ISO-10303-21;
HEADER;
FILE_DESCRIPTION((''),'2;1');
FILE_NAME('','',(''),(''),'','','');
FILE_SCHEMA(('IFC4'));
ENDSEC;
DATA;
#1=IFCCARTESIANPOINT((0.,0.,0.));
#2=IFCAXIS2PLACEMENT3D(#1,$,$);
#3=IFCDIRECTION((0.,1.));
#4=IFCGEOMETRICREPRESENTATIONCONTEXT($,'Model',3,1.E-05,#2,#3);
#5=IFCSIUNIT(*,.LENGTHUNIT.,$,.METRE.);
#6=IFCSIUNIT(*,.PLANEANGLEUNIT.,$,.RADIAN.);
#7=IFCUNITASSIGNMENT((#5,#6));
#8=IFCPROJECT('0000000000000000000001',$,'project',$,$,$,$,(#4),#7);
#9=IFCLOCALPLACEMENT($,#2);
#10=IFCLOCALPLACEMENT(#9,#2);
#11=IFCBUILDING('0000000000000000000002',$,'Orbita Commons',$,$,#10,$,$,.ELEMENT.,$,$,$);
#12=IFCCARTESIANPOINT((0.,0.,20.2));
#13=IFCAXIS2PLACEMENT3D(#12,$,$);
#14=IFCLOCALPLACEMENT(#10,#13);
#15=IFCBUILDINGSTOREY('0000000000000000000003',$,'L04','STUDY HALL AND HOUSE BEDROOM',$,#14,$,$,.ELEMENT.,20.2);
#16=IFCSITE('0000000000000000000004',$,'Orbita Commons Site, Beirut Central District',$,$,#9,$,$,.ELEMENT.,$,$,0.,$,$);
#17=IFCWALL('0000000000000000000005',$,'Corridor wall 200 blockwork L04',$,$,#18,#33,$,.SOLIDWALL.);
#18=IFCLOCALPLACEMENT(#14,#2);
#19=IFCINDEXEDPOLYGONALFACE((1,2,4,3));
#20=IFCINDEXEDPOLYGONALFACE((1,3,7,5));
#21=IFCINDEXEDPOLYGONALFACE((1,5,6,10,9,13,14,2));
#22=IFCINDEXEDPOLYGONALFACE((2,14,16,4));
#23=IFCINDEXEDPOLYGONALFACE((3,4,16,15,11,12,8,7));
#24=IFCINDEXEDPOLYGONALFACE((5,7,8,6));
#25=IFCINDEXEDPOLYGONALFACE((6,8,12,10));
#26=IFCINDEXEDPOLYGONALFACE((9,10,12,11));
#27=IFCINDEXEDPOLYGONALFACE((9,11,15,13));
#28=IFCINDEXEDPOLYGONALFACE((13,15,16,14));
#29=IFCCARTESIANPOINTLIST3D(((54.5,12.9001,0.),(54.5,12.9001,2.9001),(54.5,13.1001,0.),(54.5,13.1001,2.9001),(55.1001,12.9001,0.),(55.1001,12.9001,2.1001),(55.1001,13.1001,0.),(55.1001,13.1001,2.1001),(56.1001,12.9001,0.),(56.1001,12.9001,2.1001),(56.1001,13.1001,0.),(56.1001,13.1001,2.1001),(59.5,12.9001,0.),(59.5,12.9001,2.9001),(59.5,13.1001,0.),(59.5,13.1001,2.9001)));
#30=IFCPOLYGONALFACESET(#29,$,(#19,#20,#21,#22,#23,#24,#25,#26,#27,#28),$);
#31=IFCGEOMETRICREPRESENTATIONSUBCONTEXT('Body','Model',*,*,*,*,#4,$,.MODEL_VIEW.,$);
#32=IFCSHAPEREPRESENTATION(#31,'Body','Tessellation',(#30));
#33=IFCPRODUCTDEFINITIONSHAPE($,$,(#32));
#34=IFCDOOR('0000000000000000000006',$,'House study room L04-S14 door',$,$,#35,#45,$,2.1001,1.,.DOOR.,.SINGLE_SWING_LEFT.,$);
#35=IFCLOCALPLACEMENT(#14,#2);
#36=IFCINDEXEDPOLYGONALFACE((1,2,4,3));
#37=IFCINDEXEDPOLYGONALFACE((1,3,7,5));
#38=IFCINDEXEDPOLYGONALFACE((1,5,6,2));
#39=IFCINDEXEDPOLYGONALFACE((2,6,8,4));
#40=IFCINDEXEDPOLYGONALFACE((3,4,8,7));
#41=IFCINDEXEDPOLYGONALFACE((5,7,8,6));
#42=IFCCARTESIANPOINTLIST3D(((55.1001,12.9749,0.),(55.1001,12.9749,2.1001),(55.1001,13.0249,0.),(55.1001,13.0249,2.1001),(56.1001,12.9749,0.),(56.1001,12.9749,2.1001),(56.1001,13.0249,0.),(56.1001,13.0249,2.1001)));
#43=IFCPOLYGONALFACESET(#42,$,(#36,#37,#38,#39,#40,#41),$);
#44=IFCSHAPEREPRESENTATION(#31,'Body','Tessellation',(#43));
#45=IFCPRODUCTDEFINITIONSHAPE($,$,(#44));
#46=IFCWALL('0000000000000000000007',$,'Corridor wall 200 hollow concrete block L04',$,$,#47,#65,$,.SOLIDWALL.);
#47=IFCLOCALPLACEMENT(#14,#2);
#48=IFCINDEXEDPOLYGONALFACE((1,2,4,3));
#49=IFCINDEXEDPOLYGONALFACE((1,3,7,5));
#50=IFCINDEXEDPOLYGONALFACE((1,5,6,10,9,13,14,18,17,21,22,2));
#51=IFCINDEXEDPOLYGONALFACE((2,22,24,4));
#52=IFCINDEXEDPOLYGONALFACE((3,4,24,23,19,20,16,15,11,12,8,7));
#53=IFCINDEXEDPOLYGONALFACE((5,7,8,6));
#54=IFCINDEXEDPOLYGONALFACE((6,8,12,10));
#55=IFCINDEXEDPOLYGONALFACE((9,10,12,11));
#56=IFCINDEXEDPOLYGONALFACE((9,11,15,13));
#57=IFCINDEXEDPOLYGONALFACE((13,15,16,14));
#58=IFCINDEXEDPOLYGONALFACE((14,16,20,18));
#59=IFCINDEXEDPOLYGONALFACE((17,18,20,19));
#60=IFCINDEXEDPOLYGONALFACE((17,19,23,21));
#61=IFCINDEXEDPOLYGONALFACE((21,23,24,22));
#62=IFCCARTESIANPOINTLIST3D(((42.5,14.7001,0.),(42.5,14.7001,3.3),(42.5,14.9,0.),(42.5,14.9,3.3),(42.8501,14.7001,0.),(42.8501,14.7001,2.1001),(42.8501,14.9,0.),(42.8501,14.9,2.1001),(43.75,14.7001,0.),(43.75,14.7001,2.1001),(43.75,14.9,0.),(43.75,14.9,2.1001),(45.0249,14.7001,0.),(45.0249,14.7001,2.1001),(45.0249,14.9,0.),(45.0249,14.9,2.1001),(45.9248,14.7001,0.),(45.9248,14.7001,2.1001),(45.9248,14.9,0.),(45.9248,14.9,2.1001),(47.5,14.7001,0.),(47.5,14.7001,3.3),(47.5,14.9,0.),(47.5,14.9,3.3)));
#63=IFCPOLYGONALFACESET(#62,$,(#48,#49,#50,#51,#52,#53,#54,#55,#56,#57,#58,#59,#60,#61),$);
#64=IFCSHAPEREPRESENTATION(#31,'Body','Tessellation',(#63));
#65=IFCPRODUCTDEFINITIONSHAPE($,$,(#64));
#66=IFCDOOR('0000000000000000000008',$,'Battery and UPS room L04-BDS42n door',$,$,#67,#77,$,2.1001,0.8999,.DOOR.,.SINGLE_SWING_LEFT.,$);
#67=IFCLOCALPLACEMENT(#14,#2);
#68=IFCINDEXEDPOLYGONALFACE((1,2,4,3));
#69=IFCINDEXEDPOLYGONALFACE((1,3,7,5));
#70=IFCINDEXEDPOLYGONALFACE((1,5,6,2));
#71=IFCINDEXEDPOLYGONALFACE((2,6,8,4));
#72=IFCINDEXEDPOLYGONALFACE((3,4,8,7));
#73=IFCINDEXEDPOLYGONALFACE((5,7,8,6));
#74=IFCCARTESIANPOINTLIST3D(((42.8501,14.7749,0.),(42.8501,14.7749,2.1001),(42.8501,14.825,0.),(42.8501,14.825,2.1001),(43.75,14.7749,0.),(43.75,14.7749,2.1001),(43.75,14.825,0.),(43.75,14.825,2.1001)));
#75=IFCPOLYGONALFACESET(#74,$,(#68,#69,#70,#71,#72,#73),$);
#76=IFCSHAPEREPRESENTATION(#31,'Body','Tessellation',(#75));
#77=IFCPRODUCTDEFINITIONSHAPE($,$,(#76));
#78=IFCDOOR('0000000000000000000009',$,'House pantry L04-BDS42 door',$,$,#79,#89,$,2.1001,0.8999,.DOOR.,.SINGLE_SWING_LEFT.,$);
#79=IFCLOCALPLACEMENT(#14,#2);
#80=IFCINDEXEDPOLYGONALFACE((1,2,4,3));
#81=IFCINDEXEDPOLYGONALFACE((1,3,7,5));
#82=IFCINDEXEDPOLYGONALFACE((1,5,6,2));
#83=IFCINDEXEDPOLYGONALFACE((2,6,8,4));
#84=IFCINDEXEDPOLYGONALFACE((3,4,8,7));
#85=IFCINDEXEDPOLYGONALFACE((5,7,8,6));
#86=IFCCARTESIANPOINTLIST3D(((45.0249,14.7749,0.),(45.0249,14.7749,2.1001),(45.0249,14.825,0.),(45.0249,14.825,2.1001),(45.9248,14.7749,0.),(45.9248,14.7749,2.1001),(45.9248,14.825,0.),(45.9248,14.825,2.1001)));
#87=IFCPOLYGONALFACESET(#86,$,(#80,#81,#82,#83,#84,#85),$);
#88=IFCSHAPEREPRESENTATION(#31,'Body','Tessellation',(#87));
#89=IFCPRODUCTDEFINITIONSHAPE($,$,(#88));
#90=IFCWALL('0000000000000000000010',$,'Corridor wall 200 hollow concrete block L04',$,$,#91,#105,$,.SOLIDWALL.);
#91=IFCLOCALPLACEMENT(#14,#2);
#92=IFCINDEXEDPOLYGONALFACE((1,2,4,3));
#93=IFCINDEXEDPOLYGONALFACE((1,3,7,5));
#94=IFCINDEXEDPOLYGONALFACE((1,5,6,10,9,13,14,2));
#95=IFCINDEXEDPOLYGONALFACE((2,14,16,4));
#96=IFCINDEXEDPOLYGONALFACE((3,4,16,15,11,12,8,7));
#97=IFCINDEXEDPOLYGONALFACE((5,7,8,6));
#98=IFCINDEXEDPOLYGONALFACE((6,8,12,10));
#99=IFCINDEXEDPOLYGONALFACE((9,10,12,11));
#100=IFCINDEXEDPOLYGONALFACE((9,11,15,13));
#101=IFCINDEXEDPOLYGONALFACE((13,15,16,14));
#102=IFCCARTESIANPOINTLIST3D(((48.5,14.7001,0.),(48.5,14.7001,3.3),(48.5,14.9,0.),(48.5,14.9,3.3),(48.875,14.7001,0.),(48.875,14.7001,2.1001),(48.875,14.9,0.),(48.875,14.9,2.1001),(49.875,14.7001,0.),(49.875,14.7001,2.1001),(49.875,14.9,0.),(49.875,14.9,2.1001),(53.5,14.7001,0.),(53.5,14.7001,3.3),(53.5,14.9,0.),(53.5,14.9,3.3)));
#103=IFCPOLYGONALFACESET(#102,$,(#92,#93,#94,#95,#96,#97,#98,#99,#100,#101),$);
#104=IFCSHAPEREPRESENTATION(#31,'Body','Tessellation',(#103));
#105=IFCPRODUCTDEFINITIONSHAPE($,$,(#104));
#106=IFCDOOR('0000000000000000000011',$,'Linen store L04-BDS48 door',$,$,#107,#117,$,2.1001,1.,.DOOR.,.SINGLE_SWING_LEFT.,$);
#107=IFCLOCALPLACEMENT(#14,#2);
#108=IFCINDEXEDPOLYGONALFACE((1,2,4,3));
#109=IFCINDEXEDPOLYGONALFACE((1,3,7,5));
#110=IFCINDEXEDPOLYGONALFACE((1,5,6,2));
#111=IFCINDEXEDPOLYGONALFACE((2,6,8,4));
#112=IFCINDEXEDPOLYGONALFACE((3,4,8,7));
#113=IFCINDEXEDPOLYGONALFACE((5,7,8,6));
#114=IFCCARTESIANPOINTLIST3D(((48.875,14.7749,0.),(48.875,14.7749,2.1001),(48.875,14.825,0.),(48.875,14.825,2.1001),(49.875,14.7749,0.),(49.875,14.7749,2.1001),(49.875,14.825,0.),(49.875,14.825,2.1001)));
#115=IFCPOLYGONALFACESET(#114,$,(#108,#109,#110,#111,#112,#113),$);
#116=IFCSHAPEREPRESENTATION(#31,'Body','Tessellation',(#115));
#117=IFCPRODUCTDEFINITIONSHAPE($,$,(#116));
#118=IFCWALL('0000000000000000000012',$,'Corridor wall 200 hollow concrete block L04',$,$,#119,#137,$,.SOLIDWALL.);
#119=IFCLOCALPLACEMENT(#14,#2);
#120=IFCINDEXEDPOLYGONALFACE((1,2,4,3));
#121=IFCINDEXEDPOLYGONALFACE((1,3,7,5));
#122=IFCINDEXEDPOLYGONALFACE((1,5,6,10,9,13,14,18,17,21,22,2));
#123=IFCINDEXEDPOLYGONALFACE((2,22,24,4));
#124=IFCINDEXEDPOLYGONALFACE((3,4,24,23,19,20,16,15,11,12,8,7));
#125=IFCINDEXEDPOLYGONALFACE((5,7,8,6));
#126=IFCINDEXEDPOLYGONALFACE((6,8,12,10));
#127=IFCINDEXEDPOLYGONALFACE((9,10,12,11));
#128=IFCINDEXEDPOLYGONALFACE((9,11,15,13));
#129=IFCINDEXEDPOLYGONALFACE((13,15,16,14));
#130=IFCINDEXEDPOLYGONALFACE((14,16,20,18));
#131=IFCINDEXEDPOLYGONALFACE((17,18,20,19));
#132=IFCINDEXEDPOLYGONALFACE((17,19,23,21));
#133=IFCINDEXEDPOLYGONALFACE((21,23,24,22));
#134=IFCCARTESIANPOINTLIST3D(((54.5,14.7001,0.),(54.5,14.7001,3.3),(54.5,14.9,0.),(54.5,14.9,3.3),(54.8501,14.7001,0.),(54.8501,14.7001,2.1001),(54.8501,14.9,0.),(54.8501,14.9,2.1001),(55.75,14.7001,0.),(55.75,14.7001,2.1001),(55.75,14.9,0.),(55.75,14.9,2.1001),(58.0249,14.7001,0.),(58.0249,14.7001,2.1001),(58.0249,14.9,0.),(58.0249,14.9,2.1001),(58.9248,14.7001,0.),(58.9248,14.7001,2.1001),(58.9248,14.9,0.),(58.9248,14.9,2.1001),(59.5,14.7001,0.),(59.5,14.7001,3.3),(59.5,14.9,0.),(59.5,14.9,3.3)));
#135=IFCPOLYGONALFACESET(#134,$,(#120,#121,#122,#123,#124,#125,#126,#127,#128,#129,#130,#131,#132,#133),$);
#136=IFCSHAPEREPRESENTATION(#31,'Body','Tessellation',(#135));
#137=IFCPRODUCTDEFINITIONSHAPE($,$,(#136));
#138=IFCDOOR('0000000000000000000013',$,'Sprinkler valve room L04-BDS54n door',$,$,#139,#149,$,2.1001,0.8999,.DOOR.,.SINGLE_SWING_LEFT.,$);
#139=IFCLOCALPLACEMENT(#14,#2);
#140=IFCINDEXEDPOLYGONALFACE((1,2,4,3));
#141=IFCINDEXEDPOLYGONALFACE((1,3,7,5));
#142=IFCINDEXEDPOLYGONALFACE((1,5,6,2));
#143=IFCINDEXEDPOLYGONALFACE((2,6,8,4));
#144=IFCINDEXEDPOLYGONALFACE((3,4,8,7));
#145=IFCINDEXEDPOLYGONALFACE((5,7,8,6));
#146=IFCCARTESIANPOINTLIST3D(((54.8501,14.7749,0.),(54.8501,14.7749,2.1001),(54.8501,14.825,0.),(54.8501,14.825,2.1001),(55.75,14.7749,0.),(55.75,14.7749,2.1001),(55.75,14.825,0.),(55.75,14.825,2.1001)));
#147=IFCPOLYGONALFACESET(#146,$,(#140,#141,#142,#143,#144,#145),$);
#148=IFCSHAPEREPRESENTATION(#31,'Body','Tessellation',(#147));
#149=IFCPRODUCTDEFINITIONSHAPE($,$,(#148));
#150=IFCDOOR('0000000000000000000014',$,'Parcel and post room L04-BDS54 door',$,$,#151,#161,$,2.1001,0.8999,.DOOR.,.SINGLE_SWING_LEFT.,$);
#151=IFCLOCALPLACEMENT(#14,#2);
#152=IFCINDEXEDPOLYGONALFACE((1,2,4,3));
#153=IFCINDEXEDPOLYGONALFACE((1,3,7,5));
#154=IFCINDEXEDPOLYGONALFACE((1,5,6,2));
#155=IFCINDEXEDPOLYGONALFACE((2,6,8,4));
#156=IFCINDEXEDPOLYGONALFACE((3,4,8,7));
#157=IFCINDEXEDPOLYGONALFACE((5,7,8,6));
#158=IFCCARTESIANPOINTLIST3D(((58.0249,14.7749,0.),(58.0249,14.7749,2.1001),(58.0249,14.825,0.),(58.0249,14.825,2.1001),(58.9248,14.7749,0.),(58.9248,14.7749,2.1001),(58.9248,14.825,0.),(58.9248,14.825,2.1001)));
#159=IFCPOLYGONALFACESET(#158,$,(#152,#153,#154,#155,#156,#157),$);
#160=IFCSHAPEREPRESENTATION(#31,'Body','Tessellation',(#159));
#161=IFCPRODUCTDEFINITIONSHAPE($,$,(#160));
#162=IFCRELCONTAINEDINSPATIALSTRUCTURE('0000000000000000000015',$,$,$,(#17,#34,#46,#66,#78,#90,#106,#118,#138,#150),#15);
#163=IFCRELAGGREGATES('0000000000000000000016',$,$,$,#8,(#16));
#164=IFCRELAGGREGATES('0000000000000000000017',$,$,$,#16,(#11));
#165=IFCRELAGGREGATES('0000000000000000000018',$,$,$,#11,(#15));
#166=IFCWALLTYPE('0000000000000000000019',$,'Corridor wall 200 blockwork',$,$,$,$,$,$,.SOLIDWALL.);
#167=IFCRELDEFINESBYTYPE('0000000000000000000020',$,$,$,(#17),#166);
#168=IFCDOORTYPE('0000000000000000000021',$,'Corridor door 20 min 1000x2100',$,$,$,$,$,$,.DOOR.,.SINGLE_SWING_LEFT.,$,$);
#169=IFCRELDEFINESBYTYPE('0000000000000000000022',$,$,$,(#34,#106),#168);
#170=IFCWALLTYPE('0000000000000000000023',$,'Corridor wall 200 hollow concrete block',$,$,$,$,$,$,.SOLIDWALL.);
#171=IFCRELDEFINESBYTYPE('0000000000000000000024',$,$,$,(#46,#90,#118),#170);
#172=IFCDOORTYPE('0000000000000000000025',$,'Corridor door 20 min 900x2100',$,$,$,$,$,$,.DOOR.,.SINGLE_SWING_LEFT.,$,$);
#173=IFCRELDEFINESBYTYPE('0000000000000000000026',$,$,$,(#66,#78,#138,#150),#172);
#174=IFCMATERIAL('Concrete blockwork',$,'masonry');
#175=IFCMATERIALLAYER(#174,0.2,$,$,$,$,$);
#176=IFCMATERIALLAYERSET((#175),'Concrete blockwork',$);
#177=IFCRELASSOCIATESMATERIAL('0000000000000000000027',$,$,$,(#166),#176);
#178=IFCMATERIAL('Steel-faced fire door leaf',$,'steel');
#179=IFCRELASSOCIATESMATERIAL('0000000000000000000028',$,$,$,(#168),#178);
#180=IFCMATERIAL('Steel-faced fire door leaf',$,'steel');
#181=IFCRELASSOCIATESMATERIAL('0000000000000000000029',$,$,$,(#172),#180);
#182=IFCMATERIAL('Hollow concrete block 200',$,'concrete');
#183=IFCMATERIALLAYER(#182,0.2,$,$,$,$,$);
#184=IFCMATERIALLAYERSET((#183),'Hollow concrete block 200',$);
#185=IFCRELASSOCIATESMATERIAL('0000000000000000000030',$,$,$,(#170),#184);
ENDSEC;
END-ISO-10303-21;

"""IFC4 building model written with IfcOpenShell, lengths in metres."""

from ifc_helpers import new_model, si_unit, direction, frame, frame_2d, origin, place, context, subcontext, project, spatial, polyline, rectangle, outline, extrude, material, layer, layer_set, type_object, element, fill, save


model = new_model("IFC4")

# Units and contexts
model_context = context("Model", 3, precision=1e-05, world=origin(), true_north=direction((0.0, 1.0)))
body_context = subcontext(model_context, "Body", "Model", "MODEL_VIEW")
ifc_project = project(units=[si_unit("LENGTHUNIT", "METRE"), si_unit("PLANEANGLEUNIT", "RADIAN")], contexts=[model_context])

# Site, building, storey
site_placement = place(None, origin())
site = spatial("IfcSite", under=ifc_project, at=site_placement, Name="Orbita Commons Site, Beirut Central District", CompositionType="ELEMENT", RefElevation=0.0)
building_placement = place(site_placement, origin())
building = spatial("IfcBuilding", under=site, at=building_placement, Name="Orbita Commons", CompositionType="ELEMENT")
storey_placement = place(building_placement, frame((0.0, 0.0, 20.2)))
storey = spatial("IfcBuildingStorey", under=building, at=storey_placement, Name="L04", Description="STUDY HALL AND HOUSE BEDROOM", CompositionType="ELEMENT", Elevation=20.2)

# Shared definitions
ifc_material_1 = material(Name="Concrete blockwork", Category="masonry")
ifc_layer_1 = layer(ifc_material_1, 0.2)
ifc_layer_set_1 = layer_set([ifc_layer_1], Name="Concrete blockwork")
wall_type_1 = type_object("IfcWallType", Name="Corridor wall 200 blockwork", PredefinedType="SOLIDWALL", material=ifc_layer_set_1)
ifc_material_2 = material(Name="Steel-faced fire door leaf", Category="steel")
door_type_1 = type_object("IfcDoorType", Name="Corridor door 20 min 1000x2100", OperationType="SINGLE_SWING_LEFT", PredefinedType="DOOR", material=ifc_material_2)

# Shared definitions
ifc_material_3 = material(Name="Steel-faced fire door leaf", Category="steel")
door_type_2 = type_object("IfcDoorType", Name="Corridor door 20 min 900x2100", OperationType="SINGLE_SWING_LEFT", PredefinedType="DOOR", material=ifc_material_3)

# Wall, opening, door
wall_1_placement = place(storey_placement, frame((54.5, 13.0, 0.0), z_axis=(0.0, 0.0, 1.0), x_axis=(1.0, 0.0, 0.0)))
wall_1 = element("IfcWall", 1, at=wall_1_placement, inside=storey, type_object=wall_type_1, Name="Corridor wall 200 blockwork L04", PredefinedType="SOLIDWALL", context=body_context, shape_type="SweptSolid", body=[
    extrude(outline(polyline([(0.0, 0.0), (5.0, 0.0), (5.0, 2.9001), (0.0, 2.9001), (0.0, 0.0)])), frame((0.0, 0.1001, 0.0), z_axis=(0.0, -1.0, 0.0), x_axis=(1.0, 0.0, 0.0)), (0.0, 0.0, 1.0), 0.2),
])
opening_1_placement = place(wall_1_placement, frame((0.6001, 0.0, 0.0)))
opening_1 = element("IfcOpeningElement", 2, at=opening_1_placement, cuts=wall_1, PredefinedType="OPENING", context=body_context, shape_type="SweptSolid", body=[
    extrude(rectangle(XDim=1.0, YDim=2.1001, at=frame_2d((0.5, 1.05))), frame((0.0, 0.1099, 0.0), z_axis=(0.0, -1.0, 0.0), x_axis=(1.0, 0.0, 0.0)), (0.0, 0.0, 1.0), 0.22),
])
door_1_placement = place(opening_1_placement, origin())
door_1 = element("IfcDoor", 3, at=door_1_placement, inside=storey, type_object=door_type_1, Name="House study room L04-S14 door", OperationType="SINGLE_SWING_LEFT", OverallHeight=2.1001, OverallWidth=1.0, PredefinedType="DOOR", context=body_context, shape_type="SweptSolid", body=[
    extrude(rectangle(XDim=1.0, YDim=2.1001, at=frame_2d((0.5, 1.05))), frame((0.0, 0.0249, 0.0), z_axis=(0.0, -1.0, 0.0), x_axis=(1.0, 0.0, 0.0)), (0.0, 0.0, 1.0), 0.05),
])
fill(opening_1, door_1)

# Wall, openings, doors
ifc_material_4 = material(Name="Hollow concrete block 200", Category="concrete")
ifc_layer_2 = layer(ifc_material_4, 0.2)
ifc_layer_set_2 = layer_set([ifc_layer_2], Name="Hollow concrete block 200")
wall_type_2 = type_object("IfcWallType", Name="Corridor wall 200 hollow concrete block", PredefinedType="SOLIDWALL", material=ifc_layer_set_2)
wall_2_placement = place(storey_placement, frame((42.5, 14.8, 0.0), z_axis=(0.0, 0.0, 1.0), x_axis=(1.0, 0.0, 0.0)))
wall_2 = element("IfcWall", 4, at=wall_2_placement, inside=storey, type_object=wall_type_2, Name="Corridor wall 200 hollow concrete block L04", PredefinedType="SOLIDWALL", context=body_context, shape_type="SweptSolid", body=[
    extrude(rectangle(XDim=5.0, YDim=0.2, at=frame_2d((2.5, 0.0))), origin(), (0.0, 0.0, 1.0), 3.3),
])
opening_2_placement = place(wall_2_placement, frame((0.3501, 0.0, 0.0)))
opening_2 = element("IfcOpeningElement", 5, at=opening_2_placement, cuts=wall_2, PredefinedType="OPENING", context=body_context, shape_type="SweptSolid", body=[
    extrude(rectangle(XDim=0.8999, YDim=2.1001, at=frame_2d((0.45, 1.05))), frame((0.0, 0.1099, 0.0), z_axis=(0.0, -1.0, 0.0), x_axis=(1.0, 0.0, 0.0)), (0.0, 0.0, 1.0), 0.22),
])
opening_3_placement = place(wall_2_placement, frame((2.5249, 0.0, 0.0)))
opening_3 = element("IfcOpeningElement", 6, at=opening_3_placement, cuts=wall_2, PredefinedType="OPENING", context=body_context, shape_type="SweptSolid", body=[
    extrude(rectangle(XDim=0.8999, YDim=2.1001, at=frame_2d((0.45, 1.05))), frame((0.0, 0.1099, 0.0), z_axis=(0.0, -1.0, 0.0), x_axis=(1.0, 0.0, 0.0)), (0.0, 0.0, 1.0), 0.22),
])
door_2_placement = place(opening_2_placement, origin())
door_2 = element("IfcDoor", 7, at=door_2_placement, inside=storey, type_object=door_type_2, Name="Battery and UPS room L04-BDS42n door", OperationType="SINGLE_SWING_LEFT", OverallHeight=2.1001, OverallWidth=0.8999, PredefinedType="DOOR", context=body_context, shape_type="SweptSolid", body=[
    extrude(rectangle(XDim=0.8999, YDim=2.1001, at=frame_2d((0.45, 1.05))), frame((0.0, 0.0249, 0.0), z_axis=(0.0, -1.0, 0.0), x_axis=(1.0, 0.0, 0.0)), (0.0, 0.0, 1.0), 0.05),
])
fill(opening_2, door_2)
door_3_placement = place(opening_3_placement, origin())
door_3 = element("IfcDoor", 8, at=door_3_placement, inside=storey, type_object=door_type_2, Name="House pantry L04-BDS42 door", OperationType="SINGLE_SWING_LEFT", OverallHeight=2.1001, OverallWidth=0.8999, PredefinedType="DOOR", context=body_context, shape_type="SweptSolid", body=[
    extrude(rectangle(XDim=0.8999, YDim=2.1001, at=frame_2d((0.45, 1.05))), frame((0.0, 0.0249, 0.0), z_axis=(0.0, -1.0, 0.0), x_axis=(1.0, 0.0, 0.0)), (0.0, 0.0, 1.0), 0.05),
])
fill(opening_3, door_3)

# Wall, opening, door
wall_3_placement = place(storey_placement, frame((48.5, 14.8, 0.0), z_axis=(0.0, 0.0, 1.0), x_axis=(1.0, 0.0, 0.0)))
wall_3 = element("IfcWall", 9, at=wall_3_placement, inside=storey, type_object=wall_type_2, Name="Corridor wall 200 hollow concrete block L04", PredefinedType="SOLIDWALL", context=body_context, shape_type="SweptSolid", body=[
    extrude(rectangle(XDim=5.0, YDim=0.2, at=frame_2d((2.5, 0.0))), origin(), (0.0, 0.0, 1.0), 3.3),
])
opening_4_placement = place(wall_3_placement, frame((0.375, 0.0, 0.0)))
opening_4 = element("IfcOpeningElement", 10, at=opening_4_placement, cuts=wall_3, PredefinedType="OPENING", context=body_context, shape_type="SweptSolid", body=[
    extrude(rectangle(XDim=1.0, YDim=2.1001, at=frame_2d((0.5, 1.05))), frame((0.0, 0.1099, 0.0), z_axis=(0.0, -1.0, 0.0), x_axis=(1.0, 0.0, 0.0)), (0.0, 0.0, 1.0), 0.22),
])
door_4_placement = place(opening_4_placement, origin())
door_4 = element("IfcDoor", 11, at=door_4_placement, inside=storey, type_object=door_type_1, Name="Linen store L04-BDS48 door", OperationType="SINGLE_SWING_LEFT", OverallHeight=2.1001, OverallWidth=1.0, PredefinedType="DOOR", context=body_context, shape_type="SweptSolid", body=[
    extrude(rectangle(XDim=1.0, YDim=2.1001, at=frame_2d((0.5, 1.05))), frame((0.0, 0.0249, 0.0), z_axis=(0.0, -1.0, 0.0), x_axis=(1.0, 0.0, 0.0)), (0.0, 0.0, 1.0), 0.05),
])
fill(opening_4, door_4)

# Wall, openings, doors
wall_4_placement = place(storey_placement, frame((54.5, 14.8, 0.0), z_axis=(0.0, 0.0, 1.0), x_axis=(1.0, 0.0, 0.0)))
wall_4 = element("IfcWall", 12, at=wall_4_placement, inside=storey, type_object=wall_type_2, Name="Corridor wall 200 hollow concrete block L04", PredefinedType="SOLIDWALL", context=body_context, shape_type="SweptSolid", body=[
    extrude(rectangle(XDim=5.0, YDim=0.2, at=frame_2d((2.5, 0.0))), origin(), (0.0, 0.0, 1.0), 3.3),
])
opening_5_placement = place(wall_4_placement, frame((0.3501, 0.0, 0.0)))
opening_5 = element("IfcOpeningElement", 13, at=opening_5_placement, cuts=wall_4, PredefinedType="OPENING", context=body_context, shape_type="SweptSolid", body=[
    extrude(rectangle(XDim=0.8999, YDim=2.1001, at=frame_2d((0.45, 1.05))), frame((0.0, 0.1099, 0.0), z_axis=(0.0, -1.0, 0.0), x_axis=(1.0, 0.0, 0.0)), (0.0, 0.0, 1.0), 0.22),
])
opening_6_placement = place(wall_4_placement, frame((3.5249, 0.0, 0.0)))
opening_6 = element("IfcOpeningElement", 14, at=opening_6_placement, cuts=wall_4, PredefinedType="OPENING", context=body_context, shape_type="SweptSolid", body=[
    extrude(rectangle(XDim=0.8999, YDim=2.1001, at=frame_2d((0.45, 1.05))), frame((0.0, 0.1099, 0.0), z_axis=(0.0, -1.0, 0.0), x_axis=(1.0, 0.0, 0.0)), (0.0, 0.0, 1.0), 0.22),
])
door_5_placement = place(opening_5_placement, origin())
door_5 = element("IfcDoor", 15, at=door_5_placement, inside=storey, type_object=door_type_2, Name="Sprinkler valve room L04-BDS54n door", OperationType="SINGLE_SWING_LEFT", OverallHeight=2.1001, OverallWidth=0.8999, PredefinedType="DOOR", context=body_context, shape_type="SweptSolid", body=[
    extrude(rectangle(XDim=0.8999, YDim=2.1001, at=frame_2d((0.45, 1.05))), frame((0.0, 0.0249, 0.0), z_axis=(0.0, -1.0, 0.0), x_axis=(1.0, 0.0, 0.0)), (0.0, 0.0, 1.0), 0.05),
])
fill(opening_5, door_5)
door_6_placement = place(opening_6_placement, origin())
door_6 = element("IfcDoor", 16, at=door_6_placement, inside=storey, type_object=door_type_2, Name="Parcel and post room L04-BDS54 door", OperationType="SINGLE_SWING_LEFT", OverallHeight=2.1001, OverallWidth=0.8999, PredefinedType="DOOR", context=body_context, shape_type="SweptSolid", body=[
    extrude(rectangle(XDim=0.8999, YDim=2.1001, at=frame_2d((0.45, 1.05))), frame((0.0, 0.0249, 0.0), z_axis=(0.0, -1.0, 0.0), x_axis=(1.0, 0.0, 0.0)), (0.0, 0.0, 1.0), 0.05),
])
fill(opening_6, door_6)

save(model, "model.ifc")
